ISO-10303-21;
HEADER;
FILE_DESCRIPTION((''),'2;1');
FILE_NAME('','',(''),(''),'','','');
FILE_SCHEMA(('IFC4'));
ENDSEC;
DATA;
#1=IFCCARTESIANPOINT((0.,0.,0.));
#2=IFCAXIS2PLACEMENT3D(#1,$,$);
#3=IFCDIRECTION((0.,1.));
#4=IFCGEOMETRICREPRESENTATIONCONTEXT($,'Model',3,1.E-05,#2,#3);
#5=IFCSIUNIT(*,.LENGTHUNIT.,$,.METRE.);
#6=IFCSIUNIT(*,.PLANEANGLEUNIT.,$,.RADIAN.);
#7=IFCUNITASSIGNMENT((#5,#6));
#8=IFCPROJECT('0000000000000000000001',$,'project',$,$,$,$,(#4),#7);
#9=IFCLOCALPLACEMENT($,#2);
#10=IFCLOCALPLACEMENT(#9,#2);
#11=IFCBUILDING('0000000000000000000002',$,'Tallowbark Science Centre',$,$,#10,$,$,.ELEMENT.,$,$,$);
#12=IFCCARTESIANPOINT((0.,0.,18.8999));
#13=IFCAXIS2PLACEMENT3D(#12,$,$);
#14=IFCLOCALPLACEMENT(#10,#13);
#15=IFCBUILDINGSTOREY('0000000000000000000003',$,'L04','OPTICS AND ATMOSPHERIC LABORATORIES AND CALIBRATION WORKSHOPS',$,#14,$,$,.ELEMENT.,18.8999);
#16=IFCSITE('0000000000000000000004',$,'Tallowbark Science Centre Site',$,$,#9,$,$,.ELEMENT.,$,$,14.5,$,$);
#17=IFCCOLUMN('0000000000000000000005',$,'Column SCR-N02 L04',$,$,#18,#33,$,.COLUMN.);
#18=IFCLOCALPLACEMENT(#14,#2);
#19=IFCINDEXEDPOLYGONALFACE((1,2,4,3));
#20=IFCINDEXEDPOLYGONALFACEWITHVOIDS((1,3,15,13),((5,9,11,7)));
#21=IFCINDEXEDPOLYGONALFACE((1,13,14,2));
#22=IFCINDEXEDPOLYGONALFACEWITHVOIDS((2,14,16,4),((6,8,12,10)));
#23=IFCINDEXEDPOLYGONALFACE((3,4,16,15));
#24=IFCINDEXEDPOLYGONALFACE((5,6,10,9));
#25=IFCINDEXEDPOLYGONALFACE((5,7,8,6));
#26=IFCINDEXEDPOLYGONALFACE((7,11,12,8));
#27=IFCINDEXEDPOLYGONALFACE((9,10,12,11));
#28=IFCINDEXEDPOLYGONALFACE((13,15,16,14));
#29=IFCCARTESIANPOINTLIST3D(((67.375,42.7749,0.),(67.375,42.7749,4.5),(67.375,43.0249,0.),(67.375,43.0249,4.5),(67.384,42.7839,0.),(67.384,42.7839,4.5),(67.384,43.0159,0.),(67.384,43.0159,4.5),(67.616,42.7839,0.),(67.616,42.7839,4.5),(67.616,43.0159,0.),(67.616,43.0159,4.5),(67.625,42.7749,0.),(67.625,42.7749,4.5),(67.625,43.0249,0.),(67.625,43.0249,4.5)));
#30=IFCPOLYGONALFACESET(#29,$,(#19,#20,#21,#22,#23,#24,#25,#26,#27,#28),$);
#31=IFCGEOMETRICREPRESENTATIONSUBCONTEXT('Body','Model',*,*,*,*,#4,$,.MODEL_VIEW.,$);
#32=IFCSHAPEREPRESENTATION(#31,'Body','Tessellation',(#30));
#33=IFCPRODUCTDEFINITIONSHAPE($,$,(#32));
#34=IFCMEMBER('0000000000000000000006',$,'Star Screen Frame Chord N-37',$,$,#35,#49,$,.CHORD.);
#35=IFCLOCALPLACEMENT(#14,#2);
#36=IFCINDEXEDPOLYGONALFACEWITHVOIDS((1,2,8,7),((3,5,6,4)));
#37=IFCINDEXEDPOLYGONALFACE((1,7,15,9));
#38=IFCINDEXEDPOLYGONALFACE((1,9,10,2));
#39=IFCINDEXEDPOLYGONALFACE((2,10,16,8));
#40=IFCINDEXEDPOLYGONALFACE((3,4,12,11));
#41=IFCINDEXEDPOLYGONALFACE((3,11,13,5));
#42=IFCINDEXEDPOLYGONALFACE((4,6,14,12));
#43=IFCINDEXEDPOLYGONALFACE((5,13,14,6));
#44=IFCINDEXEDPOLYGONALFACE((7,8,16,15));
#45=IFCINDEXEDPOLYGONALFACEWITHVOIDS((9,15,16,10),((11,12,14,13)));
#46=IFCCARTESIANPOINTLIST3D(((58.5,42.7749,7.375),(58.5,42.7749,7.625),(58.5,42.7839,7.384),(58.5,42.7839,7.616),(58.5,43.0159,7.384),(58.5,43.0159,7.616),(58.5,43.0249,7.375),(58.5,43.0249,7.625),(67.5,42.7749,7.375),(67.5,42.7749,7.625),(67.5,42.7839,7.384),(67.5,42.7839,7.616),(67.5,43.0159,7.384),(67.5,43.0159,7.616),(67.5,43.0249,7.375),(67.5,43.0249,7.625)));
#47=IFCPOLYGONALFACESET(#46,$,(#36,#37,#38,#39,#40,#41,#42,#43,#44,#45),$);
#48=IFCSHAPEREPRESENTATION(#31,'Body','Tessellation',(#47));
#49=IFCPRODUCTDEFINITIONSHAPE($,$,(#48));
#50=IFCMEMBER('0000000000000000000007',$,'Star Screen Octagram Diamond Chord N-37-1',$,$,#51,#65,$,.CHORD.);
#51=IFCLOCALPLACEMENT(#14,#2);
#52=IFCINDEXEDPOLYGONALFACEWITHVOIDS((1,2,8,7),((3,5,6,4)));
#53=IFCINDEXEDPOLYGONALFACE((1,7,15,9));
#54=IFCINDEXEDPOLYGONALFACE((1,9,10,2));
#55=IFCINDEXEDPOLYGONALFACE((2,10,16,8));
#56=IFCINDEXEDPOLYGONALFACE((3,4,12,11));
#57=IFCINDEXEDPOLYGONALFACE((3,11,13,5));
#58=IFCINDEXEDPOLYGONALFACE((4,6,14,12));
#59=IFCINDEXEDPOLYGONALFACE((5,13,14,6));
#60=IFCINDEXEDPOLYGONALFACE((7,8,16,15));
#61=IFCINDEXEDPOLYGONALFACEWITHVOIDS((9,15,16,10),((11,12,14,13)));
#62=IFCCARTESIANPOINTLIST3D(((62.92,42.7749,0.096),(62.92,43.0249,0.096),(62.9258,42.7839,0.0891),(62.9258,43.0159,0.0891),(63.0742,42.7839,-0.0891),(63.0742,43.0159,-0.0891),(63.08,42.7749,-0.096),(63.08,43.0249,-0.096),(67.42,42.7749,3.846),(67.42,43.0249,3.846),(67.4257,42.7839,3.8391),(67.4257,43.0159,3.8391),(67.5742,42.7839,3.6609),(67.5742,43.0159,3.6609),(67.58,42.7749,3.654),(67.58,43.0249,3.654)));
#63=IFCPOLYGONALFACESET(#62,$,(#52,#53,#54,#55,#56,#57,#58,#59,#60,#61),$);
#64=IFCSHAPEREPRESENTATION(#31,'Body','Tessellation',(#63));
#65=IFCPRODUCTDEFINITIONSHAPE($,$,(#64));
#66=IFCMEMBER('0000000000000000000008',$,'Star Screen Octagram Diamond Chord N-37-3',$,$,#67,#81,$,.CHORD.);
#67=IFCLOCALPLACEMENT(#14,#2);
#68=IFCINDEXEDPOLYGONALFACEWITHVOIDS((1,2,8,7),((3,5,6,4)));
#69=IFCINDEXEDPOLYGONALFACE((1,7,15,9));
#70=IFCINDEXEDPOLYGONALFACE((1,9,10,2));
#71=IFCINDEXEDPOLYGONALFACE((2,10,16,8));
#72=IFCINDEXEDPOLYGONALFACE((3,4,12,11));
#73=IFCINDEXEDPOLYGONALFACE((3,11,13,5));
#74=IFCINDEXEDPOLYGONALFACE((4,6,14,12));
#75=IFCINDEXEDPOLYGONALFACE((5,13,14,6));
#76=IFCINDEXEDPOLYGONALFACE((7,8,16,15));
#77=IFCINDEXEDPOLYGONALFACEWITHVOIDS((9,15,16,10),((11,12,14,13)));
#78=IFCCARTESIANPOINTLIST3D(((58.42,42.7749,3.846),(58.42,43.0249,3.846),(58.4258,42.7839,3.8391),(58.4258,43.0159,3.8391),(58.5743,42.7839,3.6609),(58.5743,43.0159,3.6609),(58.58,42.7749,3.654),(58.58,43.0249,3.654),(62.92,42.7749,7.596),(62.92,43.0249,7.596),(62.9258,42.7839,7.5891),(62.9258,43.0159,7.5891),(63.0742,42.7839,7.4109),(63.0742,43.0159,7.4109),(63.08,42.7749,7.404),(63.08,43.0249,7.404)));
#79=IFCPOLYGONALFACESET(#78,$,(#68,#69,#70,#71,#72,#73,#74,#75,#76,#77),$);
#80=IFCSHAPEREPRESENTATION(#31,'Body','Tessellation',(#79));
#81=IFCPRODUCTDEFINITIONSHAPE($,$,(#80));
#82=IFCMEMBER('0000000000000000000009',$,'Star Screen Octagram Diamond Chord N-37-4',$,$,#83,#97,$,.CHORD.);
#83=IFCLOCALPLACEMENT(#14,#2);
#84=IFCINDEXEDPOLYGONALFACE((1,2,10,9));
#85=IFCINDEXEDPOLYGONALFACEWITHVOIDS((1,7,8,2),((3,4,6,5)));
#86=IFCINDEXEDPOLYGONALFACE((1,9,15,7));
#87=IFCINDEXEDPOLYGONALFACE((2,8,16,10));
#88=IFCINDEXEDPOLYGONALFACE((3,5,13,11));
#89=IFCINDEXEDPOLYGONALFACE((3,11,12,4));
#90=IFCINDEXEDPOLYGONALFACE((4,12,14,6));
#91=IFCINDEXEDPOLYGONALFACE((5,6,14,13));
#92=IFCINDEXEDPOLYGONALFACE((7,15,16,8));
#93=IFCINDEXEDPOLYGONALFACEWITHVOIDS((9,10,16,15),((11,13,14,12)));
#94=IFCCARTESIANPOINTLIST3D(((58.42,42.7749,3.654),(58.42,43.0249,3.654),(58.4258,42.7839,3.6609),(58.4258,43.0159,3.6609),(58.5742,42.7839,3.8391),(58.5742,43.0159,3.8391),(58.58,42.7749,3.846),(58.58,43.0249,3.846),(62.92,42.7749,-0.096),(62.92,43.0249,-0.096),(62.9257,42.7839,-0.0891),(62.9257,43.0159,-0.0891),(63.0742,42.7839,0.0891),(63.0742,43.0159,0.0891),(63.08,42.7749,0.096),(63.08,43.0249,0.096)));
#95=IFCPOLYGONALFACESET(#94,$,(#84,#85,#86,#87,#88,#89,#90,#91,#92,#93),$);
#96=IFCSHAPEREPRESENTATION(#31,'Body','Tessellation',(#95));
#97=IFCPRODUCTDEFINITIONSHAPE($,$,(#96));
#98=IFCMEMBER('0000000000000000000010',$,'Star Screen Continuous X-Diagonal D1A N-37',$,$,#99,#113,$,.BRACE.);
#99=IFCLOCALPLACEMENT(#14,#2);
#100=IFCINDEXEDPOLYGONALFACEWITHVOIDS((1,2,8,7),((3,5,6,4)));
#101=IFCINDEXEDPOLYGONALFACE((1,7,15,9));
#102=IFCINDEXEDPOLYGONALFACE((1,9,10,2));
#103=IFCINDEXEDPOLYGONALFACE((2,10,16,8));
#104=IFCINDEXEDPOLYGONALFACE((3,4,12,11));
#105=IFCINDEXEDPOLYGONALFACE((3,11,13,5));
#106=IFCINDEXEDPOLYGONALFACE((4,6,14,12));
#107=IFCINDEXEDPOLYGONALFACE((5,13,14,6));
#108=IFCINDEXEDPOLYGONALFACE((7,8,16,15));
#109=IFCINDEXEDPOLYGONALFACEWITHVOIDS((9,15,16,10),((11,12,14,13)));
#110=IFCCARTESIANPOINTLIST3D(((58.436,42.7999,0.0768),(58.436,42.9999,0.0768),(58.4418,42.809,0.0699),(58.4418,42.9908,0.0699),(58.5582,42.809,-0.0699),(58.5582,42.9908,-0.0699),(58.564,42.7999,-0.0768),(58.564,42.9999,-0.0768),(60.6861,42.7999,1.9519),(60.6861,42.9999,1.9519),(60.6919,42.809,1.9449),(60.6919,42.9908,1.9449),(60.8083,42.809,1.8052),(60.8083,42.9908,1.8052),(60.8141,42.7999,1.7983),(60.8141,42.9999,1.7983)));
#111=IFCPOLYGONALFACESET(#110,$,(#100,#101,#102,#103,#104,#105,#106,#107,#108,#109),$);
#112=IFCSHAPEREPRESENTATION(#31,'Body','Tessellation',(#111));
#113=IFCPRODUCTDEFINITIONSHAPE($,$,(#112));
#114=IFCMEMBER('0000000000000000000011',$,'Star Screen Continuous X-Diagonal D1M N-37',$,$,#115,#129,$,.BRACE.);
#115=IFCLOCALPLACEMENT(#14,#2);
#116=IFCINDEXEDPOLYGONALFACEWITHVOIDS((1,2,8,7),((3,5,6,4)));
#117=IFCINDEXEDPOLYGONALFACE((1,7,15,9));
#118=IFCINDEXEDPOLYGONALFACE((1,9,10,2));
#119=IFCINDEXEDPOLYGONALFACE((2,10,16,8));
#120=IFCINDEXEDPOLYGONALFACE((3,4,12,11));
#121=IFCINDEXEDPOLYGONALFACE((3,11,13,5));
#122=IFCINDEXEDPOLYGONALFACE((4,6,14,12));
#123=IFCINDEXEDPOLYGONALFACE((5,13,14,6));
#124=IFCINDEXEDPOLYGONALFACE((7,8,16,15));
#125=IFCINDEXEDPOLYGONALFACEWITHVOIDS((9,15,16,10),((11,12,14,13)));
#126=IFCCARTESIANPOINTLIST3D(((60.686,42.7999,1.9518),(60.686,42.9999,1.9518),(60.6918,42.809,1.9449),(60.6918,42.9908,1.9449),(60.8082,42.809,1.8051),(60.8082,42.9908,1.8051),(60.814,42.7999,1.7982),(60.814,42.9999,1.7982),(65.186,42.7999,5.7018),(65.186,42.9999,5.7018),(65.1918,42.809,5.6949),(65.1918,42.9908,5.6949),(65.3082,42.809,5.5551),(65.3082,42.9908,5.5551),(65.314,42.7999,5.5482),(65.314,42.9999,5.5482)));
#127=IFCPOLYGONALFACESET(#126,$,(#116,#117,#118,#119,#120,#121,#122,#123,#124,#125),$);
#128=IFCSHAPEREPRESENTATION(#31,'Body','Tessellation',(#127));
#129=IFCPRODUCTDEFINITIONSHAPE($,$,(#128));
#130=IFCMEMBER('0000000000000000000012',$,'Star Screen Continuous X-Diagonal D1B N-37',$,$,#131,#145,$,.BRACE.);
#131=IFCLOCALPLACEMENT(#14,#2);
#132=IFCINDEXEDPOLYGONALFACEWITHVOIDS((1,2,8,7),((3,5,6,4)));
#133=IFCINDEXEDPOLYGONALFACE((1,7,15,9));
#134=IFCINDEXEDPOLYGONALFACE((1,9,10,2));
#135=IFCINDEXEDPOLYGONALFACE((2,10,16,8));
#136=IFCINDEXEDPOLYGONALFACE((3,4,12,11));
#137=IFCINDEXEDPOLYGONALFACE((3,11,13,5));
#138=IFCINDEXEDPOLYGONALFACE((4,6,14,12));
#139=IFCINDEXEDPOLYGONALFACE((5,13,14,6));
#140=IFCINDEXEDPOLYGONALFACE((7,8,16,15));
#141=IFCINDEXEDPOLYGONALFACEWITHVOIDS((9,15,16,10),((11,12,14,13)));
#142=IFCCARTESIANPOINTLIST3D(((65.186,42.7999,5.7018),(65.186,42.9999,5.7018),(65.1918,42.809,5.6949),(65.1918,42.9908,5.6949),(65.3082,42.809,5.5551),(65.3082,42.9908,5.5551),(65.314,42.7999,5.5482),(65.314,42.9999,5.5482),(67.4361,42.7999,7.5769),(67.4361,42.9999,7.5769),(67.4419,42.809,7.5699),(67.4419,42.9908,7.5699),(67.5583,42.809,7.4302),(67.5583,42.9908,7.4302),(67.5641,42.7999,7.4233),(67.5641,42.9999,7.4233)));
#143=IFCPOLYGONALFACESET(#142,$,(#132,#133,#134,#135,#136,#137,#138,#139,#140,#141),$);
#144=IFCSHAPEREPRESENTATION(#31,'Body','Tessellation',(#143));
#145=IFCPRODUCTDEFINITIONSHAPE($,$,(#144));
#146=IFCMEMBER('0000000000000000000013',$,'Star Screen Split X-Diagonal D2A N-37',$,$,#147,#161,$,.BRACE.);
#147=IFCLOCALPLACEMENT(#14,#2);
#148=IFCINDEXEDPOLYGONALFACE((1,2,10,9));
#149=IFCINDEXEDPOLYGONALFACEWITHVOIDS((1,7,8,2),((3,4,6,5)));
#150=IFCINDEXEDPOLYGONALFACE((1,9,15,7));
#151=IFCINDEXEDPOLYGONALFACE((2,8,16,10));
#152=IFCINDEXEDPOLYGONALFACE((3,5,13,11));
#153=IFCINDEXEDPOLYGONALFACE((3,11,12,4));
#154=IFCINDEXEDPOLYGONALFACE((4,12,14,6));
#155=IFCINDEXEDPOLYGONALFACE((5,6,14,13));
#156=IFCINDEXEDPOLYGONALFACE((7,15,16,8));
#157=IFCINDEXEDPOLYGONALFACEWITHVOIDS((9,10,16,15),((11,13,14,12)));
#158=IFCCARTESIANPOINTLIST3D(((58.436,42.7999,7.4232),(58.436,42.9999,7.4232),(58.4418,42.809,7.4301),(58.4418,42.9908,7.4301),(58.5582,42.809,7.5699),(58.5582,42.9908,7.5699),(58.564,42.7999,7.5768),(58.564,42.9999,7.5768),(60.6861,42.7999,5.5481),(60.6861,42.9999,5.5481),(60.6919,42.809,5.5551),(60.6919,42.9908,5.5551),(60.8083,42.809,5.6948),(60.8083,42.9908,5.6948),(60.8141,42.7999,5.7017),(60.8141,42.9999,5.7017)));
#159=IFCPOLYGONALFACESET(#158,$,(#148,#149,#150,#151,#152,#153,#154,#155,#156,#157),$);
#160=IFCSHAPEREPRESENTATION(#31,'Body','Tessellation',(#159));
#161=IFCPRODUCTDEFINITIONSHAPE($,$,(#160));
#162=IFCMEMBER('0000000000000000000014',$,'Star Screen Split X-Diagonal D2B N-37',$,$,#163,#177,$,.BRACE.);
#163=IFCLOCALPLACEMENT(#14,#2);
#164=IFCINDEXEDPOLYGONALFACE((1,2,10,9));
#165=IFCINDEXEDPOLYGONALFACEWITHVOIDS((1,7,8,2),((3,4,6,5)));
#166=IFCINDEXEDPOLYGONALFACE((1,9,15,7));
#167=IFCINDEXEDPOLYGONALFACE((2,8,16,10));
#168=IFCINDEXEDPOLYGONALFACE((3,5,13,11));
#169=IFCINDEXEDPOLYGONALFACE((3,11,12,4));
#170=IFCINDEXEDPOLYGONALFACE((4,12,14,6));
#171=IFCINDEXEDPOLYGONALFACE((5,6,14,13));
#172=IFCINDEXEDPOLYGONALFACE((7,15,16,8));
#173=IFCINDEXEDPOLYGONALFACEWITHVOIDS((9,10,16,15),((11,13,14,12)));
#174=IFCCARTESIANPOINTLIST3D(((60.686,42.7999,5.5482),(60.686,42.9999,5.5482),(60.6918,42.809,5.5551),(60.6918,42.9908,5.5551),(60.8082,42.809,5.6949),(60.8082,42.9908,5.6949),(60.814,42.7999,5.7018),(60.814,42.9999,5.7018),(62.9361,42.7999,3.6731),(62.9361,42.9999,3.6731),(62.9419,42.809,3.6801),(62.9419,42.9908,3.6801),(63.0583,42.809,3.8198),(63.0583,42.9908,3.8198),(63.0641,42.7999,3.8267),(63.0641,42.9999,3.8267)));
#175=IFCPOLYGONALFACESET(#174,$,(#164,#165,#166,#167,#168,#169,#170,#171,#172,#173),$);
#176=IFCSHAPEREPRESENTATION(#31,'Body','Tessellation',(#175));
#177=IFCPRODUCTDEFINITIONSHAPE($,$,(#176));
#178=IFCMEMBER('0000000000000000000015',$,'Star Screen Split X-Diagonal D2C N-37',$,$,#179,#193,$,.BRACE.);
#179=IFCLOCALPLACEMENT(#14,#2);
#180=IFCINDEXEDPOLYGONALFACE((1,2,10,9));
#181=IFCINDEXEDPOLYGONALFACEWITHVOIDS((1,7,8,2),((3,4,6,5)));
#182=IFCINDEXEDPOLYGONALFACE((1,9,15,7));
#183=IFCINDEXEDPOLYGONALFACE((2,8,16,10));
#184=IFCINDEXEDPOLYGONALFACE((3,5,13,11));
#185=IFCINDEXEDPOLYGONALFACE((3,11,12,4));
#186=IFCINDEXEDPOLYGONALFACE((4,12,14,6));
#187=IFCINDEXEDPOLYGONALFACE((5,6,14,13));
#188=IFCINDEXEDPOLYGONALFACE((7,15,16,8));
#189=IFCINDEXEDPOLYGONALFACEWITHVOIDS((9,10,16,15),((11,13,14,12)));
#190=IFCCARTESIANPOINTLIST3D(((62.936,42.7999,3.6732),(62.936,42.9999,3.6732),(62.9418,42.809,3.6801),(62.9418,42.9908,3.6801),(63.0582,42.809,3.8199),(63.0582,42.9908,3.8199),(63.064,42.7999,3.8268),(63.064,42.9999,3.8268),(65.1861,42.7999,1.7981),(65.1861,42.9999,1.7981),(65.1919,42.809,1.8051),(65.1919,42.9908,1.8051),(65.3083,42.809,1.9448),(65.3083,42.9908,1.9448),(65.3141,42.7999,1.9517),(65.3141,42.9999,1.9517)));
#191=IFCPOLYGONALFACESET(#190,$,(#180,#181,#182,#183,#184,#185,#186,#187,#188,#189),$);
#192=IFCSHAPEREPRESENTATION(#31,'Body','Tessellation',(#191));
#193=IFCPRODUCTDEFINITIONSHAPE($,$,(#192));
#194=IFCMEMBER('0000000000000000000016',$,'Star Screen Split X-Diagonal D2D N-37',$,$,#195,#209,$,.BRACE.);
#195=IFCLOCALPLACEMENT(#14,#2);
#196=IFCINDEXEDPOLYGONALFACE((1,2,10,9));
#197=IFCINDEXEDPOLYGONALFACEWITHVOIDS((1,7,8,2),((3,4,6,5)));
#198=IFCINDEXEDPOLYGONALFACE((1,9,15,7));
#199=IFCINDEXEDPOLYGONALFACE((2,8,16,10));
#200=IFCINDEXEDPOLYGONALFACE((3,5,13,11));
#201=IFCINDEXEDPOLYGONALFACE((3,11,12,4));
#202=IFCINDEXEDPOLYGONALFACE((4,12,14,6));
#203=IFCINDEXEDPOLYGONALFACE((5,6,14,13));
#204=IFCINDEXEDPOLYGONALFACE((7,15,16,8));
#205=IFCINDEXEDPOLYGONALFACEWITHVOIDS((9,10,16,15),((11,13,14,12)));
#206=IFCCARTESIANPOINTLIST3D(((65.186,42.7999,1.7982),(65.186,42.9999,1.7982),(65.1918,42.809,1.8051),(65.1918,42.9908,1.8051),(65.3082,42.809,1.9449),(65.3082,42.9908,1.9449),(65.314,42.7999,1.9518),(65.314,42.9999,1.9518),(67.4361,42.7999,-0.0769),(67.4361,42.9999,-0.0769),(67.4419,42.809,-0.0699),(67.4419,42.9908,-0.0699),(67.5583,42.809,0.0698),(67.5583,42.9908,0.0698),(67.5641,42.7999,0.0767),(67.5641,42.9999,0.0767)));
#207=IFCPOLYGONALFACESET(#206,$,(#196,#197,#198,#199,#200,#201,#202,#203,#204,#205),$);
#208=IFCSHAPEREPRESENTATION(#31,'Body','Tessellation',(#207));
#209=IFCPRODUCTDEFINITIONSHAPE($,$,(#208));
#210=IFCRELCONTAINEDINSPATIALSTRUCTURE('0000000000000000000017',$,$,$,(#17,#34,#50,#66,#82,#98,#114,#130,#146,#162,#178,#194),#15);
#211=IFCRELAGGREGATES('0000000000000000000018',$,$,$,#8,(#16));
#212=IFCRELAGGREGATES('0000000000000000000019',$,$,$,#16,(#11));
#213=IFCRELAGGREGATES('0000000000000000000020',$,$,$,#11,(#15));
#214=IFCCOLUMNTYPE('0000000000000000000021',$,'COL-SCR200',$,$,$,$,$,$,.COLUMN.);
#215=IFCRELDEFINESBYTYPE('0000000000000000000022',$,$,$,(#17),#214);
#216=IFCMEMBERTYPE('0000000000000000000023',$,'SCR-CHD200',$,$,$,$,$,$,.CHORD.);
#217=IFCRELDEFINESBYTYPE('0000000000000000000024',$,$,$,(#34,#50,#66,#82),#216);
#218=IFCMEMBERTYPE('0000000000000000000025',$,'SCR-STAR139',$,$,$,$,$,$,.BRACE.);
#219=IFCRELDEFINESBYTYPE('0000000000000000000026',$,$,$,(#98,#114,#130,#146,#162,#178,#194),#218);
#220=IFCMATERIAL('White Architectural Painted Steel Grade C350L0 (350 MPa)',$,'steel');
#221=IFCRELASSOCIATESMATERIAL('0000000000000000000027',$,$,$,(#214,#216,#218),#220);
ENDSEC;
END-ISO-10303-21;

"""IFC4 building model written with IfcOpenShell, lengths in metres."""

from ifc_helpers import new_model, si_unit, direction, frame, origin, origin_2d, place, context, subcontext, project, spatial, hollow_rectangle, extrude, material, material_profile, profile_set, type_object, element, save


model = new_model("IFC4")

# Units and contexts
model_context = context("Model", 3, precision=1e-05, world=origin(), true_north=direction((0.0, 1.0)))
body_context = subcontext(model_context, "Body", "Model", "MODEL_VIEW")
ifc_project = project(units=[si_unit("LENGTHUNIT", "METRE"), si_unit("PLANEANGLEUNIT", "RADIAN")], contexts=[model_context])

# Site, building, storey
site_placement = place(None, origin())
site = spatial("IfcSite", under=ifc_project, at=site_placement, Name="Tallowbark Science Centre Site", CompositionType="ELEMENT", RefElevation=14.5)
building_placement = place(site_placement, origin())
building = spatial("IfcBuilding", under=site, at=building_placement, Name="Tallowbark Science Centre", CompositionType="ELEMENT")
storey_placement = place(building_placement, frame((0.0, 0.0, 18.8999)))
storey = spatial("IfcBuildingStorey", under=building, at=storey_placement, Name="L04", Description="OPTICS AND ATMOSPHERIC LABORATORIES AND CALIBRATION WORKSHOPS", CompositionType="ELEMENT", Elevation=18.8999)

# Column
ifc_material_1 = material(Name="White Architectural Painted Steel Grade C350L0 (350 MPa)", Category="steel")
ifc_material_profile_1 = material_profile(ifc_material_1, hollow_rectangle(XDim=0.25, YDim=0.25, WallThickness=0.009, at=origin_2d()), Name="250x250x9.0SHS")
ifc_profile_set_1 = profile_set([ifc_material_profile_1], Name="White Architectural Painted Steel Grade C350L0 (350 MPa)")
column_type = type_object("IfcColumnType", Name="COL-SCR200", PredefinedType="COLUMN", material=ifc_profile_set_1)
column_placement = place(storey_placement, frame((67.5, 42.8999, 0.0), z_axis=(0.0, 0.0, 1.0), x_axis=(1.0, 0.0, 0.0)))
element("IfcColumn", 1, at=column_placement, inside=storey, type_object=column_type, Name="Column SCR-N02 L04", PredefinedType="COLUMN", context=body_context, shape_type="SweptSolid", body=[
    extrude(hollow_rectangle(XDim=0.25, YDim=0.25, WallThickness=0.009, at=origin_2d()), origin(), (0.0, 0.0, 1.0), 4.5),
])

# Members
ifc_material_profile_2 = material_profile(ifc_material_1, hollow_rectangle(XDim=0.25, YDim=0.25, WallThickness=0.009, at=origin_2d()), Name="250x250x9.0SHS")
ifc_profile_set_2 = profile_set([ifc_material_profile_2], Name="White Architectural Painted Steel Grade C350L0 (350 MPa)")
member_type_1 = type_object("IfcMemberType", Name="SCR-CHD200", PredefinedType="CHORD", material=ifc_profile_set_2)
member_1_placement = place(storey_placement, frame((58.5, 42.8999, 7.5), z_axis=(1.0, 0.0, 0.0), x_axis=(0.0, 1.0, 0.0)))
element("IfcMember", 2, at=member_1_placement, inside=storey, type_object=member_type_1, Name="Star Screen Frame Chord N-37", PredefinedType="CHORD", context=body_context, shape_type="SweptSolid", body=[
    extrude(hollow_rectangle(XDim=0.25, YDim=0.25, WallThickness=0.009, at=origin_2d()), origin(), (0.0, 0.0, 1.0), 9.0),
])
for number, where, z_axis, x_axis, name in (
    (3, (63.0, 42.8999, 0.0), (0.768221, 0.0, 0.640184), (0.0, 1.0, 0.0), "Star Screen Octagram Diamond Chord N-37-1"),
    (4, (63.0, 42.8999, 7.5), (-0.768221, 0.0, -0.640184), (0.0, -1.0, 0.0), "Star Screen Octagram Diamond Chord N-37-3"),
    (5, (58.5, 42.8999, 3.75), (0.768221, 0.0, -0.640184), (0.0, 1.0, 0.0), "Star Screen Octagram Diamond Chord N-37-4"),
):
    element("IfcMember", number, at=place(storey_placement, frame(where, z_axis=z_axis, x_axis=x_axis)), inside=storey, type_object=member_type_1, Name=name, PredefinedType="CHORD", context=body_context, shape_type="SweptSolid", body=[
        extrude(hollow_rectangle(XDim=0.25, YDim=0.25, WallThickness=0.009, at=origin_2d()), origin(), (0.0, 0.0, 1.0), 5.8577),
    ])
ifc_material_profile_3 = material_profile(ifc_material_1, hollow_rectangle(XDim=0.2, YDim=0.2, WallThickness=0.009, at=origin_2d()), Name="200x200x9.0SHS")
ifc_profile_set_3 = profile_set([ifc_material_profile_3], Name="White Architectural Painted Steel Grade C350L0 (350 MPa)")
member_type_2 = type_object("IfcMemberType", Name="SCR-STAR139", PredefinedType="BRACE", material=ifc_profile_set_3)
member_2_placement = place(storey_placement, frame((58.5, 42.8999, 0.0), z_axis=(0.768221, 0.0, 0.640184), x_axis=(0.0, 1.0, 0.0)))
element("IfcMember", 6, at=member_2_placement, inside=storey, type_object=member_type_2, Name="Star Screen Continuous X-Diagonal D1A N-37", PredefinedType="BRACE", context=body_context, shape_type="SweptSolid", body=[
    extrude(hollow_rectangle(XDim=0.2, YDim=0.2, WallThickness=0.009, at=origin_2d()), origin(), (0.0, 0.0, 1.0), 2.929),
])
member_3_placement = place(storey_placement, frame((60.75, 42.8999, 1.875), z_axis=(0.768221, 0.0, 0.640184), x_axis=(0.0, 1.0, 0.0)))
element("IfcMember", 7, at=member_3_placement, inside=storey, type_object=member_type_2, Name="Star Screen Continuous X-Diagonal D1M N-37", PredefinedType="BRACE", context=body_context, shape_type="SweptSolid", body=[
    extrude(hollow_rectangle(XDim=0.2, YDim=0.2, WallThickness=0.009, at=origin_2d()), origin(), (0.0, 0.0, 1.0), 5.8577),
])
for number, where, z_axis, x_axis, name in (
    (8, (65.25, 42.8999, 5.625), (0.768221, 0.0, 0.640184), (0.0, 1.0, 0.0), "Star Screen Continuous X-Diagonal D1B N-37"),
    (9, (58.5, 42.8999, 7.5), (0.768221, 0.0, -0.640184), (0.0, 1.0, 0.0), "Star Screen Split X-Diagonal D2A N-37"),
    (10, (60.75, 42.8999, 5.625), (0.768221, 0.0, -0.640184), (0.0, 1.0, 0.0), "Star Screen Split X-Diagonal D2B N-37"),
    (11, (63.0, 42.8999, 3.75), (0.768221, 0.0, -0.640184), (0.0, 1.0, 0.0), "Star Screen Split X-Diagonal D2C N-37"),
    (12, (65.25, 42.8999, 1.875), (0.768221, 0.0, -0.640184), (0.0, 1.0, 0.0), "Star Screen Split X-Diagonal D2D N-37"),
):
    element("IfcMember", number, at=place(storey_placement, frame(where, z_axis=z_axis, x_axis=x_axis)), inside=storey, type_object=member_type_2, Name=name, PredefinedType="BRACE", context=body_context, shape_type="SweptSolid", body=[
        extrude(hollow_rectangle(XDim=0.2, YDim=0.2, WallThickness=0.009, at=origin_2d()), origin(), (0.0, 0.0, 1.0), 2.929),
    ])

save(model, "model.ifc")
